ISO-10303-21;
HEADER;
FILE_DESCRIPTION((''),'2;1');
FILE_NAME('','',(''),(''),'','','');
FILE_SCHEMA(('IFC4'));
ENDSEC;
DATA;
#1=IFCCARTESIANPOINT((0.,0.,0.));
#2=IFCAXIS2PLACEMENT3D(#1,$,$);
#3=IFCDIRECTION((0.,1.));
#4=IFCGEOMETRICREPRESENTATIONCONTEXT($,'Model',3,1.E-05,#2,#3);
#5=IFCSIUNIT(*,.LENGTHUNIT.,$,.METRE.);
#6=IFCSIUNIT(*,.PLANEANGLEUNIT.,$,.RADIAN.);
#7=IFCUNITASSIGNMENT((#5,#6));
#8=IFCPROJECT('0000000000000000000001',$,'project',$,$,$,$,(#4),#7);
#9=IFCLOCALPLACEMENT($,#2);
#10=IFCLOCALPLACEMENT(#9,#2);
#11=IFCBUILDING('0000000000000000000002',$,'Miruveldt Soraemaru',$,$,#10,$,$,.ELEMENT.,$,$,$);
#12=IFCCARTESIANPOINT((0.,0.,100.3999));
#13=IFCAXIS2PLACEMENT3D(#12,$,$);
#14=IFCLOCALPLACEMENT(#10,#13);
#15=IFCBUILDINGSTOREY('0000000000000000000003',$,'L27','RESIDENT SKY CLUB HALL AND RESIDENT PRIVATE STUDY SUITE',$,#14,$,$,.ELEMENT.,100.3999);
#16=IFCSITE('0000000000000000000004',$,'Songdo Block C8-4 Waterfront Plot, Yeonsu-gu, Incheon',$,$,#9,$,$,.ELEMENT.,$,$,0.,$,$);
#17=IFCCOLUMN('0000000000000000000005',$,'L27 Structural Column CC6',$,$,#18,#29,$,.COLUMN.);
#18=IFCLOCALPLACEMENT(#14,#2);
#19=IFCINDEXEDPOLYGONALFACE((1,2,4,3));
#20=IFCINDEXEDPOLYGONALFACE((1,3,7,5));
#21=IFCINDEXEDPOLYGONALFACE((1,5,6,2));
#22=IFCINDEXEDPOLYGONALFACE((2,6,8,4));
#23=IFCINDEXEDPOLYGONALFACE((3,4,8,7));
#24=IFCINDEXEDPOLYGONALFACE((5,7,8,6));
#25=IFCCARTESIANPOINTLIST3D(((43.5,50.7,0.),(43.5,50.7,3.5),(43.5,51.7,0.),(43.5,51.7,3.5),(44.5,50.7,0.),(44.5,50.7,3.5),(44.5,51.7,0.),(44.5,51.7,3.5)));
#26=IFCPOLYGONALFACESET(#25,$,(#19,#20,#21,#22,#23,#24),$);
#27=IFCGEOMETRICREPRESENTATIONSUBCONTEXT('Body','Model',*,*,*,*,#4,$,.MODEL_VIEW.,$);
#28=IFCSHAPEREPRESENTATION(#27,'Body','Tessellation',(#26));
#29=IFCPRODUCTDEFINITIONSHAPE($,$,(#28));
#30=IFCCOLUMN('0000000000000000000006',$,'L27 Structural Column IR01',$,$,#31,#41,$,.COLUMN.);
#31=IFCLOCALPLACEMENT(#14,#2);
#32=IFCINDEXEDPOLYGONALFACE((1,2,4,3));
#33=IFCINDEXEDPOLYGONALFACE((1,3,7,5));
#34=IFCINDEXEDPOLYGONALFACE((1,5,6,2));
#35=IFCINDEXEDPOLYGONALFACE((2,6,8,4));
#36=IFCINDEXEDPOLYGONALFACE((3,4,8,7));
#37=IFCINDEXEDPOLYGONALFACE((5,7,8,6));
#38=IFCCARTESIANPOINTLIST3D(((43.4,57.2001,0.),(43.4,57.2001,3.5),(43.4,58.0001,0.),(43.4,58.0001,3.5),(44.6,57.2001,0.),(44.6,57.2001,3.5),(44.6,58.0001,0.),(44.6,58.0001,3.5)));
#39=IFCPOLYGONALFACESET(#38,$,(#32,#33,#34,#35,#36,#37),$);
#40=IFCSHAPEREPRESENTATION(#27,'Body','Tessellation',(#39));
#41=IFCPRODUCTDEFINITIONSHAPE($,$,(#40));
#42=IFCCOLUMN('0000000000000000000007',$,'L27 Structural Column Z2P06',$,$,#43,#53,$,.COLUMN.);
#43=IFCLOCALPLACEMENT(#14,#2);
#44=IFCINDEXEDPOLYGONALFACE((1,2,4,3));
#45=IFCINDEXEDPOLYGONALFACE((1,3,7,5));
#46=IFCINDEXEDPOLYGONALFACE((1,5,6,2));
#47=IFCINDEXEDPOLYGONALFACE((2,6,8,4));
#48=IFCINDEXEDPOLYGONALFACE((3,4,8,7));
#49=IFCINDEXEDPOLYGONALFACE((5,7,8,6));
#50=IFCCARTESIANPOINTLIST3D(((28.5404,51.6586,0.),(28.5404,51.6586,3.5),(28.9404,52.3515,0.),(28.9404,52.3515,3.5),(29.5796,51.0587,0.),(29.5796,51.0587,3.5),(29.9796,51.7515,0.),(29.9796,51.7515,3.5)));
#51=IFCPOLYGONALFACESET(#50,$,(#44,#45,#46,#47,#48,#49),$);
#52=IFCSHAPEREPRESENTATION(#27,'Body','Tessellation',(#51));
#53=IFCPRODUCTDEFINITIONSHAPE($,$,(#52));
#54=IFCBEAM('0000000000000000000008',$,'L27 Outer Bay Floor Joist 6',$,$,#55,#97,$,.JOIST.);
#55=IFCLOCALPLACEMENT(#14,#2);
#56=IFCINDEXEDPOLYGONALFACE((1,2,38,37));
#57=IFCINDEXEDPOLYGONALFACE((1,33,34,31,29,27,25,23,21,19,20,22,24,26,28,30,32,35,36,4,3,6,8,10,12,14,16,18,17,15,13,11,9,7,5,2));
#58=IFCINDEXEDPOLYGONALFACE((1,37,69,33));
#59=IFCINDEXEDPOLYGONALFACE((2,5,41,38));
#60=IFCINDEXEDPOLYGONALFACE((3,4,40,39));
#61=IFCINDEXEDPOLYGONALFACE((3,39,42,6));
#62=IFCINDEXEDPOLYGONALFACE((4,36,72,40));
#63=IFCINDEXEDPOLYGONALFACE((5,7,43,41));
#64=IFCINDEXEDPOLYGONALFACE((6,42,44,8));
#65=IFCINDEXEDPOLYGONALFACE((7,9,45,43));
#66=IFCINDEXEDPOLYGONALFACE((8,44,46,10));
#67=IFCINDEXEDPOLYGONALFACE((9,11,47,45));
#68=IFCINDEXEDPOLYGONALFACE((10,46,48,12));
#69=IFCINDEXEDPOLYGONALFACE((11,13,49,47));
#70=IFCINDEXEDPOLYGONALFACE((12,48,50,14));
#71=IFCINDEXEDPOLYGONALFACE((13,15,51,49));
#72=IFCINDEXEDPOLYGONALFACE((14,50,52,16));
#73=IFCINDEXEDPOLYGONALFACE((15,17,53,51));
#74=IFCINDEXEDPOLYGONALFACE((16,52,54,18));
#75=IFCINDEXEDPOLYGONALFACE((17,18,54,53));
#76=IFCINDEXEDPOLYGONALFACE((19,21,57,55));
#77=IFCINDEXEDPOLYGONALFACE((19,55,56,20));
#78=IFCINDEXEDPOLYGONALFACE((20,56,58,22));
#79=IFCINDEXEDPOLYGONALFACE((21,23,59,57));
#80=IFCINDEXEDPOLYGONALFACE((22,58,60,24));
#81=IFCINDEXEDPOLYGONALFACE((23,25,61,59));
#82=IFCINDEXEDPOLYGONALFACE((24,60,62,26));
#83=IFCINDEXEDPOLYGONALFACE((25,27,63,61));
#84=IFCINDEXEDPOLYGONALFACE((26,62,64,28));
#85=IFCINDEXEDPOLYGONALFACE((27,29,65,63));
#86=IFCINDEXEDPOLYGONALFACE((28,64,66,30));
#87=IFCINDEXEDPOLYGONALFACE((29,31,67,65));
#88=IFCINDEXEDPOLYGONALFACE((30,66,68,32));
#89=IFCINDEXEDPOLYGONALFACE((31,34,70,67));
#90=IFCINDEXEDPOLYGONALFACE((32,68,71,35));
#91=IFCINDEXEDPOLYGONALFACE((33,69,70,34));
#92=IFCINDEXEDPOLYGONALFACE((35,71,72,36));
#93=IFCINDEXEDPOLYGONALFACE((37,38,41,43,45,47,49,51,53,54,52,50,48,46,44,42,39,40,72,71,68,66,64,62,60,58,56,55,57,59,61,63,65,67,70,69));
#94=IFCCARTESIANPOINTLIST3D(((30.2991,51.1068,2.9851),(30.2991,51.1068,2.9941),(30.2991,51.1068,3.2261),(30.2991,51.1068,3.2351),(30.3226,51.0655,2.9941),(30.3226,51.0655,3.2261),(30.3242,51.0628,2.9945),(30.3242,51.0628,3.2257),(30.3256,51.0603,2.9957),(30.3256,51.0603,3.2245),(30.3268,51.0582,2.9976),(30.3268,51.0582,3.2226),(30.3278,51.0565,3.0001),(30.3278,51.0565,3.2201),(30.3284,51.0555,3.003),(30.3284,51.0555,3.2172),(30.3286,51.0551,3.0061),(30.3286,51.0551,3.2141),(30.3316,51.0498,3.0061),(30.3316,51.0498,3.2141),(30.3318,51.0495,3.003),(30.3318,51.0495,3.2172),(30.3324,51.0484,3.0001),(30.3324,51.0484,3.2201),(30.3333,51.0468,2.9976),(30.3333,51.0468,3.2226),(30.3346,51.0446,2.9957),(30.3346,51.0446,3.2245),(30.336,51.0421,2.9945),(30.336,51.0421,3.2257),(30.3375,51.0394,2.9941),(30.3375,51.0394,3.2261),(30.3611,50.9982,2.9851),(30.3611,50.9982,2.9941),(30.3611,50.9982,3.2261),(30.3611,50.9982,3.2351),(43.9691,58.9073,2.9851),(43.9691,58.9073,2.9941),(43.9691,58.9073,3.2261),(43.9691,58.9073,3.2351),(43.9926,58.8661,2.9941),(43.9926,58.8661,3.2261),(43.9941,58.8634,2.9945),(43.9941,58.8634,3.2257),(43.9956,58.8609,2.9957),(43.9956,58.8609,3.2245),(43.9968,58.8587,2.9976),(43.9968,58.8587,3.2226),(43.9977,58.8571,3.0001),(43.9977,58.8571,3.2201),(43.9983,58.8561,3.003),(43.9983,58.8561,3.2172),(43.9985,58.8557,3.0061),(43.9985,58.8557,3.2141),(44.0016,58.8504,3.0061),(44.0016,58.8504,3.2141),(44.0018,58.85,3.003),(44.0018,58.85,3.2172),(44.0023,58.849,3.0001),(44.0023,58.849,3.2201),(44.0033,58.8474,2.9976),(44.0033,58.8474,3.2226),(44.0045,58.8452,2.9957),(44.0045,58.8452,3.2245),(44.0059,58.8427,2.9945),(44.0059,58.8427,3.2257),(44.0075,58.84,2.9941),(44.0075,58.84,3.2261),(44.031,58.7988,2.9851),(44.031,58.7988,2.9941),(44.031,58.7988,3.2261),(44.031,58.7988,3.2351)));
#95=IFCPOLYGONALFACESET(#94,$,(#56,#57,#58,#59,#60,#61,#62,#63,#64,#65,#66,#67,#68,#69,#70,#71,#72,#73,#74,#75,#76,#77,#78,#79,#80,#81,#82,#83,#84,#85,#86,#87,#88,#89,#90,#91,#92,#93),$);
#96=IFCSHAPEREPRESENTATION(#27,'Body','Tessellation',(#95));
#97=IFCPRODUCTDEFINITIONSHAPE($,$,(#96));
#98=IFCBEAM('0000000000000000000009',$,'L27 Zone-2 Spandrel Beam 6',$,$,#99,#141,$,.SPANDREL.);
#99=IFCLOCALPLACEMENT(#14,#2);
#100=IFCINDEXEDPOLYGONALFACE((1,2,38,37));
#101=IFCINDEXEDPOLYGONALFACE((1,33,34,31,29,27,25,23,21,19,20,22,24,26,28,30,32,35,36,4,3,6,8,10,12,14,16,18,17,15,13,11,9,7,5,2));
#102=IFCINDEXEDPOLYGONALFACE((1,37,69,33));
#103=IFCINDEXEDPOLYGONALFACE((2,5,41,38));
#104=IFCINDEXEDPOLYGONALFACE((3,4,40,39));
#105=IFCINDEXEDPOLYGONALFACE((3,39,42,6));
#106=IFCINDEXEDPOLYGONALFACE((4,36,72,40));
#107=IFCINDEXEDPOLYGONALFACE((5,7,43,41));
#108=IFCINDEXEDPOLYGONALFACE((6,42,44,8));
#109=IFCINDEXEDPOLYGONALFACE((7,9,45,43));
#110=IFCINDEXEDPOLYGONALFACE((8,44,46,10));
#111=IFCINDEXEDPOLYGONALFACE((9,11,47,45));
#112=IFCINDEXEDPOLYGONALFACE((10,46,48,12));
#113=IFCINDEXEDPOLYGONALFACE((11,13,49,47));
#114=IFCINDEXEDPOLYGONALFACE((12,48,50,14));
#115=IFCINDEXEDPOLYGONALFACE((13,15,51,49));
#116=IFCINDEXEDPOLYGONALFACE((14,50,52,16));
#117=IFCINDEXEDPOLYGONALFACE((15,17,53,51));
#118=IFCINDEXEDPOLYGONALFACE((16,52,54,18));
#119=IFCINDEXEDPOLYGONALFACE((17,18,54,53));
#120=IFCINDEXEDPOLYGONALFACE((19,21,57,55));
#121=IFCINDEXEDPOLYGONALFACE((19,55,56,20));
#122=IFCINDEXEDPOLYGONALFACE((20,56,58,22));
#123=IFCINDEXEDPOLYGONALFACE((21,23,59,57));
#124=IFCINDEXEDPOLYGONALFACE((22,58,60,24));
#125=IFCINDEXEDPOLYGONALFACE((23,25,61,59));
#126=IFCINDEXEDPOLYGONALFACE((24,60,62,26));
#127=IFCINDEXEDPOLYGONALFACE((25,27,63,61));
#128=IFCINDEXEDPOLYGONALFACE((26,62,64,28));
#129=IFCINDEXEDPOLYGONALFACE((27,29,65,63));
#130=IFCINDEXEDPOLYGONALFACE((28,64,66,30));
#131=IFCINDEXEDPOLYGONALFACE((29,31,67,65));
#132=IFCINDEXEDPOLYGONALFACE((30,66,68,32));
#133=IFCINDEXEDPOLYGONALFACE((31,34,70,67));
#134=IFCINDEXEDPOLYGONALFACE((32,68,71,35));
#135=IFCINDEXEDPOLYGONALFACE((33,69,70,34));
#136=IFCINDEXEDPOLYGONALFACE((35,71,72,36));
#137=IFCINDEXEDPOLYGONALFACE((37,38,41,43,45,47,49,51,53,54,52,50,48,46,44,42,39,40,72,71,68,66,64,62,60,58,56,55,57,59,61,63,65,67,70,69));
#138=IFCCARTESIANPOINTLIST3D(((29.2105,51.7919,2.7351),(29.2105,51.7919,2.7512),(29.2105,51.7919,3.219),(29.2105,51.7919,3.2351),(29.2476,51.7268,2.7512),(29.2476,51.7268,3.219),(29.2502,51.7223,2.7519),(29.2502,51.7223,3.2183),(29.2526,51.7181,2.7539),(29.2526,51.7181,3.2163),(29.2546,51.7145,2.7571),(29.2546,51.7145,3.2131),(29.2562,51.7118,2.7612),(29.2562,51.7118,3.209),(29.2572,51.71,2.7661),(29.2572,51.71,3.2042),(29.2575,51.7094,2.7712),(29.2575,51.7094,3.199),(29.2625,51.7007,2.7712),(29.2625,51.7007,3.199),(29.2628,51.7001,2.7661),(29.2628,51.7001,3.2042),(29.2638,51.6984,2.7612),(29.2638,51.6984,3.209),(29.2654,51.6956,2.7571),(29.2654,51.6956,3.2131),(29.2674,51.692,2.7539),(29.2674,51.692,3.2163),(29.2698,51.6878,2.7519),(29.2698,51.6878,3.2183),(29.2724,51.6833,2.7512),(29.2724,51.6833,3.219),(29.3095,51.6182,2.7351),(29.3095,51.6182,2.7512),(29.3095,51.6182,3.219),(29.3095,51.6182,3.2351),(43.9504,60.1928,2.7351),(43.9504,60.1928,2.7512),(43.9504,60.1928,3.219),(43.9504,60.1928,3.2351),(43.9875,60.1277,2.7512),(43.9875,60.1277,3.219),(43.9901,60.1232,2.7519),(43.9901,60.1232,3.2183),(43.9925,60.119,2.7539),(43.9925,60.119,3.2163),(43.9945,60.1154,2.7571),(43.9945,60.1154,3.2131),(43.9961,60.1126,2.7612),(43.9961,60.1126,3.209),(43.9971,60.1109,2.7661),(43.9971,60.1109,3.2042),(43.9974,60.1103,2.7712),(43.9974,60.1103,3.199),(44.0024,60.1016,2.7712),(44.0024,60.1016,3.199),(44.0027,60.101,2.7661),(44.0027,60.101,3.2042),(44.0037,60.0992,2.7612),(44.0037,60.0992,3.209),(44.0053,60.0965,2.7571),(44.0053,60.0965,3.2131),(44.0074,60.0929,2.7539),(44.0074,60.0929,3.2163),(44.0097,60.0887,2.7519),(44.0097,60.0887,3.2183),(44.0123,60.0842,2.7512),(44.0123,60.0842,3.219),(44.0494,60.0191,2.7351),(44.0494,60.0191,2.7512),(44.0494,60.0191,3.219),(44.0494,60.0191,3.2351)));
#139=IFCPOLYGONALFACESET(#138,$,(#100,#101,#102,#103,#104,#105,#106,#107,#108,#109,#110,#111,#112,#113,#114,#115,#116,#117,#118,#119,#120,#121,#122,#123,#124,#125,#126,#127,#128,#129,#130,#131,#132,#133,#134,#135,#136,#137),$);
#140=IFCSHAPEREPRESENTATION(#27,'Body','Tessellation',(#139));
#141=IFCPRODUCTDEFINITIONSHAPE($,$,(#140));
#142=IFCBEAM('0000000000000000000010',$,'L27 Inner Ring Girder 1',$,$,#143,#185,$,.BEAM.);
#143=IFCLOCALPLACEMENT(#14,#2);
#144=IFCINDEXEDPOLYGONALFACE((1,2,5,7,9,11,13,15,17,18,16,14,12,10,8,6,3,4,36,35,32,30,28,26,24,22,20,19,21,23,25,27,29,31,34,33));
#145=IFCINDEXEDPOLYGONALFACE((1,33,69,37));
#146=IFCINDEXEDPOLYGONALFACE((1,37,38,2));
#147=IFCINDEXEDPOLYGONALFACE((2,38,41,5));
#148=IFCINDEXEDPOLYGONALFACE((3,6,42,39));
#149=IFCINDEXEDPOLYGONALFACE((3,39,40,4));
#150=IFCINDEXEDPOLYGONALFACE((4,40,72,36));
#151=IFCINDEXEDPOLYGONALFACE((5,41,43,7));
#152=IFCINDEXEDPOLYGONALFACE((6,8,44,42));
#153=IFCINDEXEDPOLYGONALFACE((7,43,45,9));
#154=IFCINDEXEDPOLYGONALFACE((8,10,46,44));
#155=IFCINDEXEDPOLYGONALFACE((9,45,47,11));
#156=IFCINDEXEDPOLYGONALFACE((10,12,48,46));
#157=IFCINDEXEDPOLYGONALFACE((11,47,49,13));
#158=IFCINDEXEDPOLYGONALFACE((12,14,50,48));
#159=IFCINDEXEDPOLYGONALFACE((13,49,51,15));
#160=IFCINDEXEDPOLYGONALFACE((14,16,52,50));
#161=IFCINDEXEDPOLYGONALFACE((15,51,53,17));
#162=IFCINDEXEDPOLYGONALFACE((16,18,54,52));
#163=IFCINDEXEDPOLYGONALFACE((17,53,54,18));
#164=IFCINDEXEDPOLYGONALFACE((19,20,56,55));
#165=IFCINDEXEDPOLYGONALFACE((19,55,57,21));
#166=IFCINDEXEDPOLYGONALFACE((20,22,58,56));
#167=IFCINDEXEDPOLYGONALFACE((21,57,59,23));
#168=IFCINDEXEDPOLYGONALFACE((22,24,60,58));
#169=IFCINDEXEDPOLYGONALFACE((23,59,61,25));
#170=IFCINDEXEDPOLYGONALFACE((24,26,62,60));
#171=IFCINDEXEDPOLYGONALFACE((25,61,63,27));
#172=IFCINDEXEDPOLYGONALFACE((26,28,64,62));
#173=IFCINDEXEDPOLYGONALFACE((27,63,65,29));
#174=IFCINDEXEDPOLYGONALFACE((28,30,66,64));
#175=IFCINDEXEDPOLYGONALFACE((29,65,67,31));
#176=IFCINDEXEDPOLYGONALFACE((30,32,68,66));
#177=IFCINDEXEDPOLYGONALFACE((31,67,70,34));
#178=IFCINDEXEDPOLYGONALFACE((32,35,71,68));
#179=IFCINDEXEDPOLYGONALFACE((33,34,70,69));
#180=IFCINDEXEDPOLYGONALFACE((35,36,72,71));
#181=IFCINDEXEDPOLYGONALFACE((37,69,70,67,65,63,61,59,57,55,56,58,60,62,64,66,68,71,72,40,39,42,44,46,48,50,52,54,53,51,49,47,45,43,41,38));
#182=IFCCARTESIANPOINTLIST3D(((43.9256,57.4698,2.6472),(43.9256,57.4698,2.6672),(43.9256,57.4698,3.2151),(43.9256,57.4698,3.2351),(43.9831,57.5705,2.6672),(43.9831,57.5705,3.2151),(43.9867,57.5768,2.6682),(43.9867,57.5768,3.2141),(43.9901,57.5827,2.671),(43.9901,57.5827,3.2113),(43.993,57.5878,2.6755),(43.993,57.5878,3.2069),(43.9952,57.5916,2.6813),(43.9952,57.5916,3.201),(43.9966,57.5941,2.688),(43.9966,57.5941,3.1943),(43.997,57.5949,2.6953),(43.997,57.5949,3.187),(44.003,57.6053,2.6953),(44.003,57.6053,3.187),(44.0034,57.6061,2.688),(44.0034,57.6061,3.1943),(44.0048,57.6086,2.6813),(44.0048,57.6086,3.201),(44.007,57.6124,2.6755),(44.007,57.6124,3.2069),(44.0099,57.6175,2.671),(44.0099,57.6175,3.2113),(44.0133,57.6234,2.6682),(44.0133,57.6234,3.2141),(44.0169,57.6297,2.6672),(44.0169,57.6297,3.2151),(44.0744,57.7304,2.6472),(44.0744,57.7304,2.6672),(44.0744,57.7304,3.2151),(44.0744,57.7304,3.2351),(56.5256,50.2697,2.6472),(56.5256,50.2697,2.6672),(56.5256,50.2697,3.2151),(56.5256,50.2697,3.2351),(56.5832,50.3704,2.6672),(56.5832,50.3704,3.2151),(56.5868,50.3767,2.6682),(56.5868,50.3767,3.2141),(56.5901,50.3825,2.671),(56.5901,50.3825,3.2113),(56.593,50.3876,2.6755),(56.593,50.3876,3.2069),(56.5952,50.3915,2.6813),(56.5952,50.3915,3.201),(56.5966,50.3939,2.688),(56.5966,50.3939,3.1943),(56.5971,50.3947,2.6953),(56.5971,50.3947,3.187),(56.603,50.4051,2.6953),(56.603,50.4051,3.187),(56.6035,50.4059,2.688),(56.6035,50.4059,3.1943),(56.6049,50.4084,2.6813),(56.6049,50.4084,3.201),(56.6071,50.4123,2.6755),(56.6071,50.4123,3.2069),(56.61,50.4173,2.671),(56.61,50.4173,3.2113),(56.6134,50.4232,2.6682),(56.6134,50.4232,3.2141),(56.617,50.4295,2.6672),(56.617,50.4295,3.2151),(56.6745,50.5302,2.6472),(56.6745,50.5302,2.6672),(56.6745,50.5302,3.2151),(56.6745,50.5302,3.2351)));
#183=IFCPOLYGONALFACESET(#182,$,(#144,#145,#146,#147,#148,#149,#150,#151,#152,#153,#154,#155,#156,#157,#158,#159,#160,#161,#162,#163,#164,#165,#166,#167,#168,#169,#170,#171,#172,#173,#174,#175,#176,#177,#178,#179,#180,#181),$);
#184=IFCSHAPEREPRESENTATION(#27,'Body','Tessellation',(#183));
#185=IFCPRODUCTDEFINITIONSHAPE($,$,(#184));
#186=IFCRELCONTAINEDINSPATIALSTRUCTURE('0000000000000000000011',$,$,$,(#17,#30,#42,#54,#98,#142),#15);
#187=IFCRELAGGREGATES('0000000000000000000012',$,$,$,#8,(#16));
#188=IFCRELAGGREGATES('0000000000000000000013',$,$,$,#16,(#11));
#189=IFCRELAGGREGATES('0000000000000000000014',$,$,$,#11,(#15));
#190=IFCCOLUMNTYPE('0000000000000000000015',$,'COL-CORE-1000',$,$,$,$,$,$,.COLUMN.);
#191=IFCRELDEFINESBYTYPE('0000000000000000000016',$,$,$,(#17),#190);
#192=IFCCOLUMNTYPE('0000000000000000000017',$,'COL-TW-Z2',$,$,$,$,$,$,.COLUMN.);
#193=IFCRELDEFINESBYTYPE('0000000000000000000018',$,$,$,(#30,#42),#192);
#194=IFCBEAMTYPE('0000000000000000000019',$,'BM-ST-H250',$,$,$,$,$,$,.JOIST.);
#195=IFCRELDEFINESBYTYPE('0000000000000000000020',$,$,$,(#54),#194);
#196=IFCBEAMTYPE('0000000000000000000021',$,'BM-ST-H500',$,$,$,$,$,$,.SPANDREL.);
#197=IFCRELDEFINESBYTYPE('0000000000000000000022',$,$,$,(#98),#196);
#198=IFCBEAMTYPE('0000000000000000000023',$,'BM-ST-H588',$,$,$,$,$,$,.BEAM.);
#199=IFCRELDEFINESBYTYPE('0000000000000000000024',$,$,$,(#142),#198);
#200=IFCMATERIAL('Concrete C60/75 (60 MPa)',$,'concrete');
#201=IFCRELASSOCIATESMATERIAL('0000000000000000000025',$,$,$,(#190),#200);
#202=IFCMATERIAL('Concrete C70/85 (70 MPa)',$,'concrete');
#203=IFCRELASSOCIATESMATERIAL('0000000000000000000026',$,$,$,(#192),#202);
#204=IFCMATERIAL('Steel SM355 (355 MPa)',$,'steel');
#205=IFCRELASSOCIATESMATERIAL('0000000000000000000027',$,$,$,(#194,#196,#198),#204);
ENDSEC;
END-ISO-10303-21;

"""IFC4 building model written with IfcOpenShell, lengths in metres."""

from ifc_helpers import new_model, si_unit, direction, frame, origin, origin_2d, place, context, subcontext, project, spatial, rectangle, i_section, extrude, material, material_profile, profile_set, type_object, element, save


model = new_model("IFC4")

# Units and contexts
model_context = context("Model", 3, precision=1e-05, world=origin(), true_north=direction((0.0, 1.0)))
body_context = subcontext(model_context, "Body", "Model", "MODEL_VIEW")
ifc_project = project(units=[si_unit("LENGTHUNIT", "METRE"), si_unit("PLANEANGLEUNIT", "RADIAN")], contexts=[model_context])

# Site, building, storey
site_placement = place(None, origin())
site = spatial("IfcSite", under=ifc_project, at=site_placement, Name="Songdo Block C8-4 Waterfront Plot, Yeonsu-gu, Incheon", CompositionType="ELEMENT", RefElevation=0.0)
building_placement = place(site_placement, origin())
building = spatial("IfcBuilding", under=site, at=building_placement, Name="Miruveldt Soraemaru", CompositionType="ELEMENT")
storey_placement = place(building_placement, frame((0.0, 0.0, 100.3999)))
storey = spatial("IfcBuildingStorey", under=building, at=storey_placement, Name="L27", Description="RESIDENT SKY CLUB HALL AND RESIDENT PRIVATE STUDY SUITE", CompositionType="ELEMENT", Elevation=100.3999)

# Columns
ifc_material_1 = material(Name="Concrete C60/75 (60 MPa)", Category="concrete")
ifc_material_profile_1 = material_profile(ifc_material_1, rectangle(XDim=1.0, YDim=1.0, at=origin_2d()), Name="Concrete C60/75 (60 MPa)", Category="concrete")
ifc_profile_set_1 = profile_set([ifc_material_profile_1], Name="Concrete C60/75 (60 MPa)")
column_type_1 = type_object("IfcColumnType", Name="COL-CORE-1000", PredefinedType="COLUMN", material=ifc_profile_set_1)
column_placement = place(storey_placement, frame((44.0, 51.2, 0.0), z_axis=(0.0, 0.0, 1.0), x_axis=(1.0, 0.0, 0.0)))
element("IfcColumn", 1, at=column_placement, inside=storey, type_object=column_type_1, Name="L27 Structural Column CC6", PredefinedType="COLUMN", context=body_context, shape_type="SweptSolid", body=[
    extrude(rectangle(XDim=1.0, YDim=1.0, at=origin_2d()), origin(), (0.0, 0.0, 1.0), 3.5),
])
ifc_material_2 = material(Name="Concrete C70/85 (70 MPa)", Category="concrete")
ifc_material_profile_2 = material_profile(ifc_material_2, rectangle(XDim=1.2, YDim=0.8, at=origin_2d()), Name="Concrete C70/85 (70 MPa)", Category="concrete")
ifc_profile_set_2 = profile_set([ifc_material_profile_2], Name="Concrete C70/85 (70 MPa)")
column_type_2 = type_object("IfcColumnType", Name="COL-TW-Z2", PredefinedType="COLUMN", material=ifc_profile_set_2)
for number, where, z_axis, x_axis, name in (
    (2, (44.0, 57.6001, 0.0), (0.0, 0.0, 1.0), (1.0, 0.0, 0.0), "L27 Structural Column IR01"),
    (3, (29.26, 51.7051, 0.0), (0.0, 0.0, 1.0), (-0.866025, 0.5, 0.0), "L27 Structural Column Z2P06"),
):
    element("IfcColumn", number, at=place(storey_placement, frame(where, z_axis=z_axis, x_axis=x_axis)), inside=storey, type_object=column_type_2, Name=name, PredefinedType="COLUMN", context=body_context, shape_type="SweptSolid", body=[
        extrude(rectangle(XDim=1.2, YDim=0.8, at=origin_2d()), origin(), (0.0, 0.0, 1.0), 3.5),
    ])

# Beams
ifc_material_3 = material(Name="Steel SM355 (355 MPa)", Category="steel")
ifc_material_profile_3 = material_profile(ifc_material_3, i_section(OverallWidth=0.125, OverallDepth=0.25, WebThickness=0.0061, FlangeThickness=0.009, FilletRadius=0.012, at=origin_2d()), Name="Steel SM355 (355 MPa)", Category="steel")
ifc_profile_set_3 = profile_set([ifc_material_profile_3], Name="Steel SM355 (355 MPa)")
beam_type_1 = type_object("IfcBeamType", Name="BM-ST-H250", PredefinedType="JOIST", material=ifc_profile_set_3)
beam_1_placement = place(storey_placement, frame((30.3301, 51.0525, 3.1101), z_axis=(0.86854, 0.495619, 0.0), x_axis=(-0.495619, 0.86854, 0.0)))
element("IfcBeam", 4, at=beam_1_placement, inside=storey, type_object=beam_type_1, Name="L27 Outer Bay Floor Joist 6", PredefinedType="JOIST", context=body_context, shape_type="SweptSolid", body=[
    extrude(i_section(OverallWidth=0.125, OverallDepth=0.25, WebThickness=0.0061, FlangeThickness=0.009, FilletRadius=0.012, at=origin_2d()), origin(), (0.0, 0.0, 1.0), 15.739),
])
ifc_material_profile_4 = material_profile(ifc_material_3, i_section(OverallWidth=0.2, OverallDepth=0.5, WebThickness=0.01, FlangeThickness=0.0161, FilletRadius=0.02, at=origin_2d()), Name="Steel SM355 (355 MPa)", Category="steel")
ifc_profile_set_4 = profile_set([ifc_material_profile_4], Name="Steel SM355 (355 MPa)")
beam_type_2 = type_object("IfcBeamType", Name="BM-ST-H500", PredefinedType="SPANDREL", material=ifc_profile_set_4)
beam_2_placement = place(storey_placement, frame((29.26, 51.7051, 2.9851), z_axis=(0.8688, 0.495162, 0.0), x_axis=(-0.495162, 0.8688, 0.0)))
element("IfcBeam", 5, at=beam_2_placement, inside=storey, type_object=beam_type_2, Name="L27 Zone-2 Spandrel Beam 6", PredefinedType="SPANDREL", context=body_context, shape_type="SweptSolid", body=[
    extrude(i_section(OverallWidth=0.2, OverallDepth=0.5, WebThickness=0.01, FlangeThickness=0.0161, FilletRadius=0.02, at=origin_2d()), origin(), (0.0, 0.0, 1.0), 16.9658),
])
ifc_material_profile_5 = material_profile(ifc_material_3, i_section(OverallWidth=0.3, OverallDepth=0.5879, WebThickness=0.012, FlangeThickness=0.02, FilletRadius=0.0281, at=origin_2d()), Name="Steel SM355 (355 MPa)", Category="steel")
ifc_profile_set_5 = profile_set([ifc_material_profile_5], Name="Steel SM355 (355 MPa)")
beam_type_3 = type_object("IfcBeamType", Name="BM-ST-H588", PredefinedType="BEAM", material=ifc_profile_set_5)
beam_3_placement = place(storey_placement, frame((44.0, 57.6001, 2.9412), z_axis=(0.868239, -0.496146, 0.0), x_axis=(0.496146, 0.868239, 0.0)))
element("IfcBeam", 6, at=beam_3_placement, inside=storey, type_object=beam_type_3, Name="L27 Inner Ring Girder 1", PredefinedType="BEAM", context=body_context, shape_type="SweptSolid", body=[
    extrude(i_section(OverallWidth=0.3, OverallDepth=0.5879, WebThickness=0.012, FlangeThickness=0.02, FilletRadius=0.0281, at=origin_2d()), origin(), (0.0, 0.0, 1.0), 14.5122),
])

save(model, "model.ifc")
